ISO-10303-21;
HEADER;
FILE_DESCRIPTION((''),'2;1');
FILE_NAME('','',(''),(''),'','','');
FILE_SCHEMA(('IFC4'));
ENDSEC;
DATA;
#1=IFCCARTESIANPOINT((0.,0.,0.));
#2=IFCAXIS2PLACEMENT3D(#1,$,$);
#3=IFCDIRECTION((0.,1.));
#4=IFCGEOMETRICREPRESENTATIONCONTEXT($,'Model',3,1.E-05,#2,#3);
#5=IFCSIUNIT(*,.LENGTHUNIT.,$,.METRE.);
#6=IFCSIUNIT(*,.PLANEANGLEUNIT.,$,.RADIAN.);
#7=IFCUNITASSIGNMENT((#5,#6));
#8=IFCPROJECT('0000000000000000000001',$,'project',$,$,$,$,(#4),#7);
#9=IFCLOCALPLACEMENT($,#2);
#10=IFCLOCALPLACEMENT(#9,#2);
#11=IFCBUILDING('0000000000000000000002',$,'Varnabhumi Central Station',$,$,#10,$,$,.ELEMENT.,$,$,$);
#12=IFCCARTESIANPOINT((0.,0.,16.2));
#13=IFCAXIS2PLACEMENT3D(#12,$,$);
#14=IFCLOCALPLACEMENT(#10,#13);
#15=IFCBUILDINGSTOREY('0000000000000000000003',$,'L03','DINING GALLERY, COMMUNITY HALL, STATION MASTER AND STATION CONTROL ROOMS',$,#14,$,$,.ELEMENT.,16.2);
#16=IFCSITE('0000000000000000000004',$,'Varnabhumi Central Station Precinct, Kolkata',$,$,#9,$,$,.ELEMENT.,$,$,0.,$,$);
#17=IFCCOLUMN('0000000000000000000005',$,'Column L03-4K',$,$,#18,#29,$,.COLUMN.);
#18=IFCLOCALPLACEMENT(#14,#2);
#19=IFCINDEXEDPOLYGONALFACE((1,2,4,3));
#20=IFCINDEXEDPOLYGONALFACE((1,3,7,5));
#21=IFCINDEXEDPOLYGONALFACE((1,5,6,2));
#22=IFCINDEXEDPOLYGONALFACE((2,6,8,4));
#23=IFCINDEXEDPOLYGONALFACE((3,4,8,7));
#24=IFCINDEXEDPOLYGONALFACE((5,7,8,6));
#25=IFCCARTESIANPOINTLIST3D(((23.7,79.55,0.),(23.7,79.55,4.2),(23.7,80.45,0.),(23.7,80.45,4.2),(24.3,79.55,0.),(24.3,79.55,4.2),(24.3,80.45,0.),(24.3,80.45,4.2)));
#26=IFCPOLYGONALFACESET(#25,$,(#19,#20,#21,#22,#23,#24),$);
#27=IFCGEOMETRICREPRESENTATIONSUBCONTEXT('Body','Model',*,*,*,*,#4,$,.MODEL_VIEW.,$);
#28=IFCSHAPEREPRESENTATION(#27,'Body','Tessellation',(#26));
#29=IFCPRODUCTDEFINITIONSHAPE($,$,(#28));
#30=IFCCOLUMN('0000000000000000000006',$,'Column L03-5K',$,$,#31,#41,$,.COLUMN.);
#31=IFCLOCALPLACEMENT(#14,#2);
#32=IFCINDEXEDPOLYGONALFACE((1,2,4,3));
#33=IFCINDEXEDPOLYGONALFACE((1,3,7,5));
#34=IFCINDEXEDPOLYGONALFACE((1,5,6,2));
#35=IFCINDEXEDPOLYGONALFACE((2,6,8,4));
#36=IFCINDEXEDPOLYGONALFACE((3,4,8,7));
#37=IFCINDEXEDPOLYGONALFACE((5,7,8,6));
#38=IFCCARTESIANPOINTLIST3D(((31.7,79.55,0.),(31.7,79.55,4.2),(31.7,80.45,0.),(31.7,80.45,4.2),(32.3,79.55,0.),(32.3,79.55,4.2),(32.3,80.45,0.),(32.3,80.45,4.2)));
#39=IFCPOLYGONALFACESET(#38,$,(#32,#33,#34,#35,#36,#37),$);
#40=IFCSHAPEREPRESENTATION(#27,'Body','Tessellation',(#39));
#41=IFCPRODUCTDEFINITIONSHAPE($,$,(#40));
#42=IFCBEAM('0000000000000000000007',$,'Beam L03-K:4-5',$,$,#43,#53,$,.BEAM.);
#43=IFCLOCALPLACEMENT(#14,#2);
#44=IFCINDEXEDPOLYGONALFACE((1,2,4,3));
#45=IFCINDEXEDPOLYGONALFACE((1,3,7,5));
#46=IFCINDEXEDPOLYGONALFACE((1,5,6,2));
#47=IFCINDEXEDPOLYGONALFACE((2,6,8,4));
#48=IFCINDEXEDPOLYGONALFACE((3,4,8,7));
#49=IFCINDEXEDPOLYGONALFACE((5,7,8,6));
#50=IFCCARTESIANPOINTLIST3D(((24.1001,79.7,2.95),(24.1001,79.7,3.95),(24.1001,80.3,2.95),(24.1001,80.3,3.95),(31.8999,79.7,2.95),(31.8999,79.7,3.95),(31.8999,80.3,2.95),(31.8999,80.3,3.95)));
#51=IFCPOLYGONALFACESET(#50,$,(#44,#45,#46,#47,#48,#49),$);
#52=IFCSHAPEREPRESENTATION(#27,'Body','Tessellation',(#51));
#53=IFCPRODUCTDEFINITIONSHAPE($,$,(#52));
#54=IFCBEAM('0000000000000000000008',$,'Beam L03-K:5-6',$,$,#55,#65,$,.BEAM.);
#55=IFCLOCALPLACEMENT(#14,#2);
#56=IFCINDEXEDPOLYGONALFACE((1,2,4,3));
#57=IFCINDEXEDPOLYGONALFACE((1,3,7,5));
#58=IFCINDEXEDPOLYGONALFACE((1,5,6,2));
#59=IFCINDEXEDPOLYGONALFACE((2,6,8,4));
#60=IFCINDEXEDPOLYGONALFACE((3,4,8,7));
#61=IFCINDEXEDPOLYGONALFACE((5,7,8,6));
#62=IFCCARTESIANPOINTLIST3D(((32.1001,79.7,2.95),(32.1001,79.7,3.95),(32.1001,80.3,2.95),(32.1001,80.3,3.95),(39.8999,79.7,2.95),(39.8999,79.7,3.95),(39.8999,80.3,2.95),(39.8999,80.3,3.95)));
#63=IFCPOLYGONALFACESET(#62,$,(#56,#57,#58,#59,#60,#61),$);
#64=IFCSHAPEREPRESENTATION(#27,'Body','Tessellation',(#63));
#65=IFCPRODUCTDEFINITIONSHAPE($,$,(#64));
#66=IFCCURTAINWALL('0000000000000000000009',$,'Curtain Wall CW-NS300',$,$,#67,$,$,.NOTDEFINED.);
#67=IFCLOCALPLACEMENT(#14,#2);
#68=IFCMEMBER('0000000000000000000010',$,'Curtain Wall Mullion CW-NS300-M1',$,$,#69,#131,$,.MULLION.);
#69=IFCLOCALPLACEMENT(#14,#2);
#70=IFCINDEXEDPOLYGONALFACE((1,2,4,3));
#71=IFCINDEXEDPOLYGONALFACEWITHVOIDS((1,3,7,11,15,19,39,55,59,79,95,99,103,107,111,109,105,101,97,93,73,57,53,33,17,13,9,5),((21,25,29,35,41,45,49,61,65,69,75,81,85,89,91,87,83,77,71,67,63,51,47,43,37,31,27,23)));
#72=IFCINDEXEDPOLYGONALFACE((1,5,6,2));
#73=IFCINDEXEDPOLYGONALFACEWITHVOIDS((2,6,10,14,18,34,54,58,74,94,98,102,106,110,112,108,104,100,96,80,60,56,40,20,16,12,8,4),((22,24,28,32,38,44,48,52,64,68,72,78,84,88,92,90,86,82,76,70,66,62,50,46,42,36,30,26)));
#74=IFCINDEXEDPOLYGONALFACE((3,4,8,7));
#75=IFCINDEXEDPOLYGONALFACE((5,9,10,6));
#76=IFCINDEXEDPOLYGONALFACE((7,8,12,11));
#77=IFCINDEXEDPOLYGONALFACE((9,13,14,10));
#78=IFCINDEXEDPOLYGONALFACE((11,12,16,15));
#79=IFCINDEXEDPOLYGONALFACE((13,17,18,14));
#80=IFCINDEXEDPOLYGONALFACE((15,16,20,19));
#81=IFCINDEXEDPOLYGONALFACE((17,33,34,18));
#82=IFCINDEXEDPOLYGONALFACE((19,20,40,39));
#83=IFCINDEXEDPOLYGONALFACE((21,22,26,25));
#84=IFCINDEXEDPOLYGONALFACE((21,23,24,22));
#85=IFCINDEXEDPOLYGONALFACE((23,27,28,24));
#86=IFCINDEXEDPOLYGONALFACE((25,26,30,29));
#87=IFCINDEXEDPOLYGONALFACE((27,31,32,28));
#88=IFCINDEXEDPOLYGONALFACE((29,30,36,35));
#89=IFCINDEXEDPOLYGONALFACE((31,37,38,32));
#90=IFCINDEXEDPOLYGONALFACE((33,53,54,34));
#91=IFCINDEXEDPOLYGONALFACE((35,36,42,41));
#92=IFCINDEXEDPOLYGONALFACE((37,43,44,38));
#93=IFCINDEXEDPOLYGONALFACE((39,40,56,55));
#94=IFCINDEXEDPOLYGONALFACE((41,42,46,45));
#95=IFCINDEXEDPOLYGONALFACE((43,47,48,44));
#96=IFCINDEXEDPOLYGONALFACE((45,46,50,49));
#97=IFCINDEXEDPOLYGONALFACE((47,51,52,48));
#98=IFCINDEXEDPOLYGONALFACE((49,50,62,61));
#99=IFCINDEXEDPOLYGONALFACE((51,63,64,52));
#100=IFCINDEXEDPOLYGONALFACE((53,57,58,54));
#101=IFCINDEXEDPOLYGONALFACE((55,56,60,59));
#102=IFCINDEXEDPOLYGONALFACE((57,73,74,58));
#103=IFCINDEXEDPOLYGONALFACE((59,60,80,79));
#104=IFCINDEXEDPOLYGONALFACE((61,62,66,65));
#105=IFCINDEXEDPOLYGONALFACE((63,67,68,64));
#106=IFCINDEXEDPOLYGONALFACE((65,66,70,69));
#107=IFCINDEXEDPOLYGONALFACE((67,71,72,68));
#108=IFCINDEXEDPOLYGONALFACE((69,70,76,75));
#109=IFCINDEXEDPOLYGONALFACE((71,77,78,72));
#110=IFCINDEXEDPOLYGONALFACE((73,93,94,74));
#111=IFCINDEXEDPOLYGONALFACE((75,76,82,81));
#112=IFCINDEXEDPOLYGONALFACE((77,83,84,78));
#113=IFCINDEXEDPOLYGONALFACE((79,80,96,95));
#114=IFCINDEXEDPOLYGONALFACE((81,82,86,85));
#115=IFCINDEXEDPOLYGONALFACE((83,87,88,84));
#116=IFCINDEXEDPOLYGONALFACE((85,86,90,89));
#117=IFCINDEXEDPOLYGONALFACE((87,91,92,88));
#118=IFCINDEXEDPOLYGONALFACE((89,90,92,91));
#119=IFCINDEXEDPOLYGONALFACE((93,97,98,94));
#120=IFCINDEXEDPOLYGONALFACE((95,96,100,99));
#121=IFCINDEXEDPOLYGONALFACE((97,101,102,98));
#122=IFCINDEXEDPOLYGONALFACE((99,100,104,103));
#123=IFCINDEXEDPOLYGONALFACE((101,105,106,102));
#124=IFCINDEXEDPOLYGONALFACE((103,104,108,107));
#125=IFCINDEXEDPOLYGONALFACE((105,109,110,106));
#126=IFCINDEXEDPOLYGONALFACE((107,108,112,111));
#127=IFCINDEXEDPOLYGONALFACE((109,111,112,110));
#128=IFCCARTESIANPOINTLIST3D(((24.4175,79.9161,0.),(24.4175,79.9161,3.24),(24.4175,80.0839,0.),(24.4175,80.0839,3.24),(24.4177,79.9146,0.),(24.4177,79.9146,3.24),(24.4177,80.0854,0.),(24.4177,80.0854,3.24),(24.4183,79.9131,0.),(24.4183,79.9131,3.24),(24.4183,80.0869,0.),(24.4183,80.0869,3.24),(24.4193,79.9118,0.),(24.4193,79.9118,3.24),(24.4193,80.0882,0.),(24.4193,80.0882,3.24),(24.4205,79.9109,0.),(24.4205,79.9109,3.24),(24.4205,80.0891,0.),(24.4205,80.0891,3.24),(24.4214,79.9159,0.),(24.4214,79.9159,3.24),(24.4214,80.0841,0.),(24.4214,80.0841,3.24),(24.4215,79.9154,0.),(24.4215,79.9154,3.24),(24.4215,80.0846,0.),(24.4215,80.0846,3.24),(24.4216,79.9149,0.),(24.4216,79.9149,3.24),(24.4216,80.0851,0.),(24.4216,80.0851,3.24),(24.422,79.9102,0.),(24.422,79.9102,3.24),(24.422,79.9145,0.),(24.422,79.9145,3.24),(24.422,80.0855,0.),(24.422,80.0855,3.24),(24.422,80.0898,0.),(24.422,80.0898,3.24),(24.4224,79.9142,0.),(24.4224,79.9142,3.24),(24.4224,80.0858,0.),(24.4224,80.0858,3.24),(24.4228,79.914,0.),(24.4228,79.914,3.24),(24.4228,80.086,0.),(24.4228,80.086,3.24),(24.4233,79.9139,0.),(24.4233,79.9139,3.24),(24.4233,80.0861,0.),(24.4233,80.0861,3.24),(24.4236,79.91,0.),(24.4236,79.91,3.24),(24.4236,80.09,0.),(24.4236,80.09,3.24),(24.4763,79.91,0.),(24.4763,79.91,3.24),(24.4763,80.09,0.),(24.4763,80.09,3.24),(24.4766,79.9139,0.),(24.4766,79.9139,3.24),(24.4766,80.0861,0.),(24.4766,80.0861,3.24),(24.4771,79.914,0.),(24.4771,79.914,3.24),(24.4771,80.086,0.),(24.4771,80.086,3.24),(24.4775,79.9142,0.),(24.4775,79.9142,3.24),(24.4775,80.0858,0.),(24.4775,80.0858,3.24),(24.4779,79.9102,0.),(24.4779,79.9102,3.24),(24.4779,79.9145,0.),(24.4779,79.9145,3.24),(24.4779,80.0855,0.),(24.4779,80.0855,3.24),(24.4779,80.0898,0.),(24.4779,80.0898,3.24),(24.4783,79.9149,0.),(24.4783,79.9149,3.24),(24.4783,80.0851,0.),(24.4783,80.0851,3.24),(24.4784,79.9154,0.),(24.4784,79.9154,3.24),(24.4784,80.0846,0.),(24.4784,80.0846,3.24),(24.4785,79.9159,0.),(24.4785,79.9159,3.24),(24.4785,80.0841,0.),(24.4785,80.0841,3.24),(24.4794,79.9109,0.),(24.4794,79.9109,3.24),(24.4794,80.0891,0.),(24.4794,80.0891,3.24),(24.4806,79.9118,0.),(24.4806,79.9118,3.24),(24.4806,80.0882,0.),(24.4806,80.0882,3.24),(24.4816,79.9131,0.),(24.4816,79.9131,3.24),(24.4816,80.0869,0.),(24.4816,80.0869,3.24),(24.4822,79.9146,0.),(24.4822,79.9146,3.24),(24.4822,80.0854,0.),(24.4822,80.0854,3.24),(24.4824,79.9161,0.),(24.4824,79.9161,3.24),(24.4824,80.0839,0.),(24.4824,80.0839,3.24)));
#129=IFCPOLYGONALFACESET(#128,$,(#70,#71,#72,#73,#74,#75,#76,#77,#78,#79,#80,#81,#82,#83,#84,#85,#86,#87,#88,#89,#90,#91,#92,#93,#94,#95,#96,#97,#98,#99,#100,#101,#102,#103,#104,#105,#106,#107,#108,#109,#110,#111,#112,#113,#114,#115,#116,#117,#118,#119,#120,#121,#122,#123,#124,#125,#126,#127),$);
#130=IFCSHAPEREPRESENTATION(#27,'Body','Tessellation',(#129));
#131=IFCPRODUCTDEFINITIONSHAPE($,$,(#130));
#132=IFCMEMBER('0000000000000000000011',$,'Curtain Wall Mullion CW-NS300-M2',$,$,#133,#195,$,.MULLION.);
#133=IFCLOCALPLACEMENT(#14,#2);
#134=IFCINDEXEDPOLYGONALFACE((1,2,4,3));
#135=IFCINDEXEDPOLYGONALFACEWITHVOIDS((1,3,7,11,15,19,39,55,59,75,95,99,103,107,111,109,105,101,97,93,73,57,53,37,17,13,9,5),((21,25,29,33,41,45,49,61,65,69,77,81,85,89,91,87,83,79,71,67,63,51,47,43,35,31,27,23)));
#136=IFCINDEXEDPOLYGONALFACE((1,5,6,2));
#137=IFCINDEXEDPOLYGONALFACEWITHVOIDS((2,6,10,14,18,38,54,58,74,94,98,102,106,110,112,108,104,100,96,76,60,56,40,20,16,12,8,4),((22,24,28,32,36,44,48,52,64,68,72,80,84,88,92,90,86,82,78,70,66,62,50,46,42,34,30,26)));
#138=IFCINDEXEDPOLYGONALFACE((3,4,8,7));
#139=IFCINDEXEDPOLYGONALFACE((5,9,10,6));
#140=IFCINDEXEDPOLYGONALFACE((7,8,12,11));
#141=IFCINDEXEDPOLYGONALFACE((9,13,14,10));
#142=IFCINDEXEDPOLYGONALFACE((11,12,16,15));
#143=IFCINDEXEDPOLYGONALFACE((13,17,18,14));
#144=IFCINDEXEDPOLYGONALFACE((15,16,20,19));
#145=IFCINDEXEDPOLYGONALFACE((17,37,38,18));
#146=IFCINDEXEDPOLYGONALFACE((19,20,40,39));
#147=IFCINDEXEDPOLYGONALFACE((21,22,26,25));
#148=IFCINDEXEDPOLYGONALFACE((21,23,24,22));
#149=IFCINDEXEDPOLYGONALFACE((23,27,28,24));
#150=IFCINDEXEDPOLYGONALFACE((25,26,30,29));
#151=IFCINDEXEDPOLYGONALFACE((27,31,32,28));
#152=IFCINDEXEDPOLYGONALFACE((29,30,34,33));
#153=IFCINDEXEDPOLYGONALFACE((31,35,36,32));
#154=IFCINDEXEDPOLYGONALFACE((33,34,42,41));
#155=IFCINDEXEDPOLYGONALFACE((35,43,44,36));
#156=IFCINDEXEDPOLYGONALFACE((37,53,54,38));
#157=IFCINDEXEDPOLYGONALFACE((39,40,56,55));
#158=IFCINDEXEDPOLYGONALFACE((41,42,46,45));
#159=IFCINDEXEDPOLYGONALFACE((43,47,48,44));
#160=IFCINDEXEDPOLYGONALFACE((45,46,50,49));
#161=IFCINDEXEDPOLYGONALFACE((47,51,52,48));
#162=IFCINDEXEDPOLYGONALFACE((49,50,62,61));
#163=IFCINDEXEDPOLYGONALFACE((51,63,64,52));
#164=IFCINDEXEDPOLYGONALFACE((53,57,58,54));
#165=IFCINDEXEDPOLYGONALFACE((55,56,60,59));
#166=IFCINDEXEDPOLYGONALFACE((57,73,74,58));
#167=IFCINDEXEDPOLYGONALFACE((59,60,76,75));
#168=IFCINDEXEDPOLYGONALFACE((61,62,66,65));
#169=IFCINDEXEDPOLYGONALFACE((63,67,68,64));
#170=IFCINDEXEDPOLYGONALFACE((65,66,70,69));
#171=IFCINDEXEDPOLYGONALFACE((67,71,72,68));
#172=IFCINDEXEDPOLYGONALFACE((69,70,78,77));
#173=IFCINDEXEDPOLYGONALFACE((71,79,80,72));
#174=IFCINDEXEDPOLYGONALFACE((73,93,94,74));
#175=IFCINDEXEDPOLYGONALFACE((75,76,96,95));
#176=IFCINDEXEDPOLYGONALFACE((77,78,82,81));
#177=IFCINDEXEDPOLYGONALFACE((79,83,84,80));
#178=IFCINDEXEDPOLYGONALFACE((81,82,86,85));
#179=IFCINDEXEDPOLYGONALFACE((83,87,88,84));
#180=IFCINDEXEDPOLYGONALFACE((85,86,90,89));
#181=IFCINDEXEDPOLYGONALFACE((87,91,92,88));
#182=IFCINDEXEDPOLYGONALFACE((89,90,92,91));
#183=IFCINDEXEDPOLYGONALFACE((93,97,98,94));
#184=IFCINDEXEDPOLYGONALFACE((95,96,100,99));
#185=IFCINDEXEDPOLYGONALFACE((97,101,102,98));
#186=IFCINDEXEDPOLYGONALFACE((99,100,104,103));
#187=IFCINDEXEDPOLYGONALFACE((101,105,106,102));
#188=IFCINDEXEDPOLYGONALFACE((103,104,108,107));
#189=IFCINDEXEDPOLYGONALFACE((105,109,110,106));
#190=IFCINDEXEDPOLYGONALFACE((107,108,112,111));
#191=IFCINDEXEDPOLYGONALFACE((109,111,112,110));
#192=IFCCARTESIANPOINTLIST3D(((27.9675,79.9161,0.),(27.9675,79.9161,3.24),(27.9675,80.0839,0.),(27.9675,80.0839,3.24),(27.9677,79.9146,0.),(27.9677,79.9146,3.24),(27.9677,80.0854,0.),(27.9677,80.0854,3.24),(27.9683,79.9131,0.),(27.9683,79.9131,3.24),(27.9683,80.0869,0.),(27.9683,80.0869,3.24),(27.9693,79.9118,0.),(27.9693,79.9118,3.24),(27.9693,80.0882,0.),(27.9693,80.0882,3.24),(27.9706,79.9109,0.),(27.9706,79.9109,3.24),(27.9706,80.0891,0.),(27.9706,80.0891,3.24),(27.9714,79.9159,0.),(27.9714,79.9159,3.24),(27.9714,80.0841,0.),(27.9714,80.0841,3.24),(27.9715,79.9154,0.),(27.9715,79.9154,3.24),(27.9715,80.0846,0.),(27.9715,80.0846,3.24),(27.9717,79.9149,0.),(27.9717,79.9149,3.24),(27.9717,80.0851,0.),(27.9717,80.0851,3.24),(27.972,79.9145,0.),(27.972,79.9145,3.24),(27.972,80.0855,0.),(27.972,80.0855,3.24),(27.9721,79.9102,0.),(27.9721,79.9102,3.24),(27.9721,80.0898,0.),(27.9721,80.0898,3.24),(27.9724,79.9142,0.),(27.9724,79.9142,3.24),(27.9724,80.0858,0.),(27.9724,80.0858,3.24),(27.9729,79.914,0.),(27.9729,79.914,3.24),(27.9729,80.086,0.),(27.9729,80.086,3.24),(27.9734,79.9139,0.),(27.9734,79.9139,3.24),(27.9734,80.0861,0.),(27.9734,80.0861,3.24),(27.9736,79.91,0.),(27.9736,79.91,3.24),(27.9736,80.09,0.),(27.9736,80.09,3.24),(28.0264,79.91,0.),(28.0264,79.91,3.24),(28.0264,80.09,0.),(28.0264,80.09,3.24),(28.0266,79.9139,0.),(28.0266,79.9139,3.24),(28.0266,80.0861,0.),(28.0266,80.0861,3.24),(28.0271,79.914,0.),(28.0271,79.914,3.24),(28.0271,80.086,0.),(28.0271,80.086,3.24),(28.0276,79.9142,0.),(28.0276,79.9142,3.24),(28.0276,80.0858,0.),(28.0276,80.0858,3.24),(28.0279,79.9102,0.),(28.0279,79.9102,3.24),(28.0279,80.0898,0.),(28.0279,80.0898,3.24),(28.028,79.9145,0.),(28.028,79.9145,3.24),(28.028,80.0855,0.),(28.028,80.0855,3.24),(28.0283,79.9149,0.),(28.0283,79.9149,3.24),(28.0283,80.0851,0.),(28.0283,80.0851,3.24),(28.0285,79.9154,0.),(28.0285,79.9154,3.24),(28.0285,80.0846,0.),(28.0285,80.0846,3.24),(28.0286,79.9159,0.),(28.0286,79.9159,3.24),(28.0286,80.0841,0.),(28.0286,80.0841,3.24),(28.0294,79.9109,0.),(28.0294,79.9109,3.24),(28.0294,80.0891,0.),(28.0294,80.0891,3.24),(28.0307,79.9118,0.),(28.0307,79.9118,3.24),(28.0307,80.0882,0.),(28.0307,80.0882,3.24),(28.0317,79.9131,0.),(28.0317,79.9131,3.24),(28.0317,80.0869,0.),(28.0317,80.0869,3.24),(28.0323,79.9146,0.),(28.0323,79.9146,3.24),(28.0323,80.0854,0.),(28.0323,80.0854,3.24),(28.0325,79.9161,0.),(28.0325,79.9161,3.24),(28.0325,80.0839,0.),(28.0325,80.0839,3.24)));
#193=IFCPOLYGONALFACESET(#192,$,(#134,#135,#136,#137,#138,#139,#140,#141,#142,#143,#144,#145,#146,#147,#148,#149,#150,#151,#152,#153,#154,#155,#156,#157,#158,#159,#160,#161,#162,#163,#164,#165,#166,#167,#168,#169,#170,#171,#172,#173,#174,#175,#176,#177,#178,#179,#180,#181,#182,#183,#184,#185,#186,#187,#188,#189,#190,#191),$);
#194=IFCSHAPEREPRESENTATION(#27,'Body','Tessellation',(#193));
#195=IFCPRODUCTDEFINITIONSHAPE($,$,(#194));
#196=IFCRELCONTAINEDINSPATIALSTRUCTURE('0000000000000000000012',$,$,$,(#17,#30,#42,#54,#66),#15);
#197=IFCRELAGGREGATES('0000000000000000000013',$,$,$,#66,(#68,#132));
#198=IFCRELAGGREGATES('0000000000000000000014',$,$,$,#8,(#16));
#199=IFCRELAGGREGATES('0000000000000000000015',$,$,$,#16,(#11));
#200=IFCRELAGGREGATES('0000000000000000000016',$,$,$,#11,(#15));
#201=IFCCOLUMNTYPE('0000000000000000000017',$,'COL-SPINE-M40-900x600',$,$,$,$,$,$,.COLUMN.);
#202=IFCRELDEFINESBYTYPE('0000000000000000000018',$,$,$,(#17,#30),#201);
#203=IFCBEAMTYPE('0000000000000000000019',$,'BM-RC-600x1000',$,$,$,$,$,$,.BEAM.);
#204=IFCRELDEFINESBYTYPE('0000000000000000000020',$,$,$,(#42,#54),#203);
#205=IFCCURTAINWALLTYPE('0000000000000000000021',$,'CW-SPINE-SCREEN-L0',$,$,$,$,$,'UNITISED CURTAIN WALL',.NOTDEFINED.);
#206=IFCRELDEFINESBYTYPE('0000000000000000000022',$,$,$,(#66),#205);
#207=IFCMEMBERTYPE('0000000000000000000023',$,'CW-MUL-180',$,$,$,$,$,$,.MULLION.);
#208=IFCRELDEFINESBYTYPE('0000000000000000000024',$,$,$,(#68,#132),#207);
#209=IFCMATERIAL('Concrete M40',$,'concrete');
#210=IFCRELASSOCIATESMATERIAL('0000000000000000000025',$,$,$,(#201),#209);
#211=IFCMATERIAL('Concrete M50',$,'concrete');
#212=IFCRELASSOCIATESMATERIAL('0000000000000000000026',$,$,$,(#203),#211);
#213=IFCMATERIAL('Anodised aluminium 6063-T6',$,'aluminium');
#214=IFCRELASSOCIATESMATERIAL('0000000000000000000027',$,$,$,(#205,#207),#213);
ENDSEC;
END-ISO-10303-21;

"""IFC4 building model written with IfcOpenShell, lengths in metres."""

from ifc_helpers import new_model, si_unit, direction, frame, origin, origin_2d, place, context, subcontext, project, spatial, rectangle, hollow_rectangle, extrude, material, material_profile, profile_set, type_object, element, aggregate, save


model = new_model("IFC4")

# Units and contexts
model_context = context("Model", 3, precision=1e-05, world=origin(), true_north=direction((0.0, 1.0)))
body_context = subcontext(model_context, "Body", "Model", "MODEL_VIEW")
ifc_project = project(units=[si_unit("LENGTHUNIT", "METRE"), si_unit("PLANEANGLEUNIT", "RADIAN")], contexts=[model_context])

# Site, building, storey
site_placement = place(None, origin())
site = spatial("IfcSite", under=ifc_project, at=site_placement, Name="Varnabhumi Central Station Precinct, Kolkata", CompositionType="ELEMENT", RefElevation=0.0)
building_placement = place(site_placement, origin())
building = spatial("IfcBuilding", under=site, at=building_placement, Name="Varnabhumi Central Station", CompositionType="ELEMENT")
storey_placement = place(building_placement, frame((0.0, 0.0, 16.2)))
storey = spatial("IfcBuildingStorey", under=building, at=storey_placement, Name="L03", Description="DINING GALLERY, COMMUNITY HALL, STATION MASTER AND STATION CONTROL ROOMS", CompositionType="ELEMENT", Elevation=16.2)

# Columns
ifc_material_1 = material(Name="Concrete M40", Category="concrete")
ifc_material_profile_1 = material_profile(ifc_material_1, rectangle(XDim=0.6001, YDim=0.8999, at=origin_2d()), Name="Concrete M40", Category="concrete")
ifc_profile_set_1 = profile_set([ifc_material_profile_1], Name="Concrete M40")
column_type = type_object("IfcColumnType", Name="COL-SPINE-M40-900x600", PredefinedType="COLUMN", material=ifc_profile_set_1)
for number, where, z_axis, x_axis, name in (
    (1, (24.0, 80.0, 0.0), (0.0, 0.0, 1.0), (1.0, 0.0, 0.0), "Column L03-4K"),
    (2, (32.0, 80.0, 0.0), (0.0, 0.0, 1.0), (1.0, 0.0, 0.0), "Column L03-5K"),
):
    element("IfcColumn", number, at=place(storey_placement, frame(where, z_axis=z_axis, x_axis=x_axis)), inside=storey, type_object=column_type, Name=name, PredefinedType="COLUMN", context=body_context, shape_type="SweptSolid", body=[
        extrude(rectangle(XDim=0.6001, YDim=0.8999, at=origin_2d()), origin(), (0.0, 0.0, 1.0), 4.2),
    ])

# Beams
ifc_material_2 = material(Name="Concrete M50", Category="concrete")
ifc_material_profile_2 = material_profile(ifc_material_2, rectangle(XDim=0.6001, YDim=1.0, at=origin_2d()), Name="Concrete M50", Category="concrete")
ifc_profile_set_2 = profile_set([ifc_material_profile_2], Name="Concrete M50")
beam_type = type_object("IfcBeamType", Name="BM-RC-600x1000", PredefinedType="BEAM", material=ifc_profile_set_2)
for number, where, z_axis, x_axis, name in (
    (3, (24.1001, 80.0, 3.45), (1.0, 0.0, 0.0), (0.0, 1.0, 0.0), "Beam L03-K:4-5"),
    (4, (32.1001, 80.0, 3.45), (1.0, 0.0, 0.0), (0.0, 1.0, 0.0), "Beam L03-K:5-6"),
):
    element("IfcBeam", number, at=place(storey_placement, frame(where, z_axis=z_axis, x_axis=x_axis)), inside=storey, type_object=beam_type, Name=name, PredefinedType="BEAM", context=body_context, shape_type="SweptSolid", body=[
        extrude(rectangle(XDim=0.6001, YDim=1.0, at=origin_2d()), origin(), (0.0, 0.0, 1.0), 7.7998),
    ])

# Curtain wall, members
ifc_material_3 = material(Name="Anodised aluminium 6063-T6", Category="aluminium")
curtain_wall_type = type_object("IfcCurtainWallType", Name="CW-SPINE-SCREEN-L0", ElementType="UNITISED CURTAIN WALL", PredefinedType="NOTDEFINED", material=ifc_material_3)
curtain_wall_placement = place(storey_placement, origin())
curtain_wall = element("IfcCurtainWall", 5, at=curtain_wall_placement, inside=storey, type_object=curtain_wall_type, Name="Curtain Wall CW-NS300", PredefinedType="NOTDEFINED")
ifc_material_profile_3 = material_profile(ifc_material_3, hollow_rectangle(XDim=0.0649, YDim=0.1799, WallThickness=0.0039, InnerFilletRadius=0.002, OuterFilletRadius=0.0061, at=origin_2d()), Name="Anodised aluminium 6063-T6", Category="aluminium")
ifc_profile_set_3 = profile_set([ifc_material_profile_3], Name="Anodised aluminium 6063-T6")
member_type_1 = type_object("IfcMemberType", Name="CW-MUL-180", PredefinedType="MULLION", material=ifc_profile_set_3)
member_1_placement = place(storey_placement, frame((24.45, 80.0, 0.0), z_axis=(0.0, 0.0, 1.0), x_axis=(1.0, 0.0, 0.0)))
member_1 = element("IfcMember", 6, at=member_1_placement, type_object=member_type_1, Name="Curtain Wall Mullion CW-NS300-M1", PredefinedType="MULLION", context=body_context, shape_type="SweptSolid", body=[
    extrude(hollow_rectangle(XDim=0.0649, YDim=0.1799, WallThickness=0.0039, InnerFilletRadius=0.002, OuterFilletRadius=0.0061, at=origin_2d()), origin(), (0.0, 0.0, 1.0), 3.24),
])
member_2_placement = place(storey_placement, frame((28.0, 80.0, 0.0), z_axis=(0.0, 0.0, 1.0), x_axis=(1.0, 0.0, 0.0)))
member_2 = element("IfcMember", 7, at=member_2_placement, type_object=member_type_1, Name="Curtain Wall Mullion CW-NS300-M2", PredefinedType="MULLION", context=body_context, shape_type="SweptSolid", body=[
    extrude(hollow_rectangle(XDim=0.0649, YDim=0.1799, WallThickness=0.0039, InnerFilletRadius=0.002, OuterFilletRadius=0.0061, at=origin_2d()), origin(), (0.0, 0.0, 1.0), 3.24),
])
aggregate(curtain_wall, [member_1, member_2])

save(model, "model.ifc")
